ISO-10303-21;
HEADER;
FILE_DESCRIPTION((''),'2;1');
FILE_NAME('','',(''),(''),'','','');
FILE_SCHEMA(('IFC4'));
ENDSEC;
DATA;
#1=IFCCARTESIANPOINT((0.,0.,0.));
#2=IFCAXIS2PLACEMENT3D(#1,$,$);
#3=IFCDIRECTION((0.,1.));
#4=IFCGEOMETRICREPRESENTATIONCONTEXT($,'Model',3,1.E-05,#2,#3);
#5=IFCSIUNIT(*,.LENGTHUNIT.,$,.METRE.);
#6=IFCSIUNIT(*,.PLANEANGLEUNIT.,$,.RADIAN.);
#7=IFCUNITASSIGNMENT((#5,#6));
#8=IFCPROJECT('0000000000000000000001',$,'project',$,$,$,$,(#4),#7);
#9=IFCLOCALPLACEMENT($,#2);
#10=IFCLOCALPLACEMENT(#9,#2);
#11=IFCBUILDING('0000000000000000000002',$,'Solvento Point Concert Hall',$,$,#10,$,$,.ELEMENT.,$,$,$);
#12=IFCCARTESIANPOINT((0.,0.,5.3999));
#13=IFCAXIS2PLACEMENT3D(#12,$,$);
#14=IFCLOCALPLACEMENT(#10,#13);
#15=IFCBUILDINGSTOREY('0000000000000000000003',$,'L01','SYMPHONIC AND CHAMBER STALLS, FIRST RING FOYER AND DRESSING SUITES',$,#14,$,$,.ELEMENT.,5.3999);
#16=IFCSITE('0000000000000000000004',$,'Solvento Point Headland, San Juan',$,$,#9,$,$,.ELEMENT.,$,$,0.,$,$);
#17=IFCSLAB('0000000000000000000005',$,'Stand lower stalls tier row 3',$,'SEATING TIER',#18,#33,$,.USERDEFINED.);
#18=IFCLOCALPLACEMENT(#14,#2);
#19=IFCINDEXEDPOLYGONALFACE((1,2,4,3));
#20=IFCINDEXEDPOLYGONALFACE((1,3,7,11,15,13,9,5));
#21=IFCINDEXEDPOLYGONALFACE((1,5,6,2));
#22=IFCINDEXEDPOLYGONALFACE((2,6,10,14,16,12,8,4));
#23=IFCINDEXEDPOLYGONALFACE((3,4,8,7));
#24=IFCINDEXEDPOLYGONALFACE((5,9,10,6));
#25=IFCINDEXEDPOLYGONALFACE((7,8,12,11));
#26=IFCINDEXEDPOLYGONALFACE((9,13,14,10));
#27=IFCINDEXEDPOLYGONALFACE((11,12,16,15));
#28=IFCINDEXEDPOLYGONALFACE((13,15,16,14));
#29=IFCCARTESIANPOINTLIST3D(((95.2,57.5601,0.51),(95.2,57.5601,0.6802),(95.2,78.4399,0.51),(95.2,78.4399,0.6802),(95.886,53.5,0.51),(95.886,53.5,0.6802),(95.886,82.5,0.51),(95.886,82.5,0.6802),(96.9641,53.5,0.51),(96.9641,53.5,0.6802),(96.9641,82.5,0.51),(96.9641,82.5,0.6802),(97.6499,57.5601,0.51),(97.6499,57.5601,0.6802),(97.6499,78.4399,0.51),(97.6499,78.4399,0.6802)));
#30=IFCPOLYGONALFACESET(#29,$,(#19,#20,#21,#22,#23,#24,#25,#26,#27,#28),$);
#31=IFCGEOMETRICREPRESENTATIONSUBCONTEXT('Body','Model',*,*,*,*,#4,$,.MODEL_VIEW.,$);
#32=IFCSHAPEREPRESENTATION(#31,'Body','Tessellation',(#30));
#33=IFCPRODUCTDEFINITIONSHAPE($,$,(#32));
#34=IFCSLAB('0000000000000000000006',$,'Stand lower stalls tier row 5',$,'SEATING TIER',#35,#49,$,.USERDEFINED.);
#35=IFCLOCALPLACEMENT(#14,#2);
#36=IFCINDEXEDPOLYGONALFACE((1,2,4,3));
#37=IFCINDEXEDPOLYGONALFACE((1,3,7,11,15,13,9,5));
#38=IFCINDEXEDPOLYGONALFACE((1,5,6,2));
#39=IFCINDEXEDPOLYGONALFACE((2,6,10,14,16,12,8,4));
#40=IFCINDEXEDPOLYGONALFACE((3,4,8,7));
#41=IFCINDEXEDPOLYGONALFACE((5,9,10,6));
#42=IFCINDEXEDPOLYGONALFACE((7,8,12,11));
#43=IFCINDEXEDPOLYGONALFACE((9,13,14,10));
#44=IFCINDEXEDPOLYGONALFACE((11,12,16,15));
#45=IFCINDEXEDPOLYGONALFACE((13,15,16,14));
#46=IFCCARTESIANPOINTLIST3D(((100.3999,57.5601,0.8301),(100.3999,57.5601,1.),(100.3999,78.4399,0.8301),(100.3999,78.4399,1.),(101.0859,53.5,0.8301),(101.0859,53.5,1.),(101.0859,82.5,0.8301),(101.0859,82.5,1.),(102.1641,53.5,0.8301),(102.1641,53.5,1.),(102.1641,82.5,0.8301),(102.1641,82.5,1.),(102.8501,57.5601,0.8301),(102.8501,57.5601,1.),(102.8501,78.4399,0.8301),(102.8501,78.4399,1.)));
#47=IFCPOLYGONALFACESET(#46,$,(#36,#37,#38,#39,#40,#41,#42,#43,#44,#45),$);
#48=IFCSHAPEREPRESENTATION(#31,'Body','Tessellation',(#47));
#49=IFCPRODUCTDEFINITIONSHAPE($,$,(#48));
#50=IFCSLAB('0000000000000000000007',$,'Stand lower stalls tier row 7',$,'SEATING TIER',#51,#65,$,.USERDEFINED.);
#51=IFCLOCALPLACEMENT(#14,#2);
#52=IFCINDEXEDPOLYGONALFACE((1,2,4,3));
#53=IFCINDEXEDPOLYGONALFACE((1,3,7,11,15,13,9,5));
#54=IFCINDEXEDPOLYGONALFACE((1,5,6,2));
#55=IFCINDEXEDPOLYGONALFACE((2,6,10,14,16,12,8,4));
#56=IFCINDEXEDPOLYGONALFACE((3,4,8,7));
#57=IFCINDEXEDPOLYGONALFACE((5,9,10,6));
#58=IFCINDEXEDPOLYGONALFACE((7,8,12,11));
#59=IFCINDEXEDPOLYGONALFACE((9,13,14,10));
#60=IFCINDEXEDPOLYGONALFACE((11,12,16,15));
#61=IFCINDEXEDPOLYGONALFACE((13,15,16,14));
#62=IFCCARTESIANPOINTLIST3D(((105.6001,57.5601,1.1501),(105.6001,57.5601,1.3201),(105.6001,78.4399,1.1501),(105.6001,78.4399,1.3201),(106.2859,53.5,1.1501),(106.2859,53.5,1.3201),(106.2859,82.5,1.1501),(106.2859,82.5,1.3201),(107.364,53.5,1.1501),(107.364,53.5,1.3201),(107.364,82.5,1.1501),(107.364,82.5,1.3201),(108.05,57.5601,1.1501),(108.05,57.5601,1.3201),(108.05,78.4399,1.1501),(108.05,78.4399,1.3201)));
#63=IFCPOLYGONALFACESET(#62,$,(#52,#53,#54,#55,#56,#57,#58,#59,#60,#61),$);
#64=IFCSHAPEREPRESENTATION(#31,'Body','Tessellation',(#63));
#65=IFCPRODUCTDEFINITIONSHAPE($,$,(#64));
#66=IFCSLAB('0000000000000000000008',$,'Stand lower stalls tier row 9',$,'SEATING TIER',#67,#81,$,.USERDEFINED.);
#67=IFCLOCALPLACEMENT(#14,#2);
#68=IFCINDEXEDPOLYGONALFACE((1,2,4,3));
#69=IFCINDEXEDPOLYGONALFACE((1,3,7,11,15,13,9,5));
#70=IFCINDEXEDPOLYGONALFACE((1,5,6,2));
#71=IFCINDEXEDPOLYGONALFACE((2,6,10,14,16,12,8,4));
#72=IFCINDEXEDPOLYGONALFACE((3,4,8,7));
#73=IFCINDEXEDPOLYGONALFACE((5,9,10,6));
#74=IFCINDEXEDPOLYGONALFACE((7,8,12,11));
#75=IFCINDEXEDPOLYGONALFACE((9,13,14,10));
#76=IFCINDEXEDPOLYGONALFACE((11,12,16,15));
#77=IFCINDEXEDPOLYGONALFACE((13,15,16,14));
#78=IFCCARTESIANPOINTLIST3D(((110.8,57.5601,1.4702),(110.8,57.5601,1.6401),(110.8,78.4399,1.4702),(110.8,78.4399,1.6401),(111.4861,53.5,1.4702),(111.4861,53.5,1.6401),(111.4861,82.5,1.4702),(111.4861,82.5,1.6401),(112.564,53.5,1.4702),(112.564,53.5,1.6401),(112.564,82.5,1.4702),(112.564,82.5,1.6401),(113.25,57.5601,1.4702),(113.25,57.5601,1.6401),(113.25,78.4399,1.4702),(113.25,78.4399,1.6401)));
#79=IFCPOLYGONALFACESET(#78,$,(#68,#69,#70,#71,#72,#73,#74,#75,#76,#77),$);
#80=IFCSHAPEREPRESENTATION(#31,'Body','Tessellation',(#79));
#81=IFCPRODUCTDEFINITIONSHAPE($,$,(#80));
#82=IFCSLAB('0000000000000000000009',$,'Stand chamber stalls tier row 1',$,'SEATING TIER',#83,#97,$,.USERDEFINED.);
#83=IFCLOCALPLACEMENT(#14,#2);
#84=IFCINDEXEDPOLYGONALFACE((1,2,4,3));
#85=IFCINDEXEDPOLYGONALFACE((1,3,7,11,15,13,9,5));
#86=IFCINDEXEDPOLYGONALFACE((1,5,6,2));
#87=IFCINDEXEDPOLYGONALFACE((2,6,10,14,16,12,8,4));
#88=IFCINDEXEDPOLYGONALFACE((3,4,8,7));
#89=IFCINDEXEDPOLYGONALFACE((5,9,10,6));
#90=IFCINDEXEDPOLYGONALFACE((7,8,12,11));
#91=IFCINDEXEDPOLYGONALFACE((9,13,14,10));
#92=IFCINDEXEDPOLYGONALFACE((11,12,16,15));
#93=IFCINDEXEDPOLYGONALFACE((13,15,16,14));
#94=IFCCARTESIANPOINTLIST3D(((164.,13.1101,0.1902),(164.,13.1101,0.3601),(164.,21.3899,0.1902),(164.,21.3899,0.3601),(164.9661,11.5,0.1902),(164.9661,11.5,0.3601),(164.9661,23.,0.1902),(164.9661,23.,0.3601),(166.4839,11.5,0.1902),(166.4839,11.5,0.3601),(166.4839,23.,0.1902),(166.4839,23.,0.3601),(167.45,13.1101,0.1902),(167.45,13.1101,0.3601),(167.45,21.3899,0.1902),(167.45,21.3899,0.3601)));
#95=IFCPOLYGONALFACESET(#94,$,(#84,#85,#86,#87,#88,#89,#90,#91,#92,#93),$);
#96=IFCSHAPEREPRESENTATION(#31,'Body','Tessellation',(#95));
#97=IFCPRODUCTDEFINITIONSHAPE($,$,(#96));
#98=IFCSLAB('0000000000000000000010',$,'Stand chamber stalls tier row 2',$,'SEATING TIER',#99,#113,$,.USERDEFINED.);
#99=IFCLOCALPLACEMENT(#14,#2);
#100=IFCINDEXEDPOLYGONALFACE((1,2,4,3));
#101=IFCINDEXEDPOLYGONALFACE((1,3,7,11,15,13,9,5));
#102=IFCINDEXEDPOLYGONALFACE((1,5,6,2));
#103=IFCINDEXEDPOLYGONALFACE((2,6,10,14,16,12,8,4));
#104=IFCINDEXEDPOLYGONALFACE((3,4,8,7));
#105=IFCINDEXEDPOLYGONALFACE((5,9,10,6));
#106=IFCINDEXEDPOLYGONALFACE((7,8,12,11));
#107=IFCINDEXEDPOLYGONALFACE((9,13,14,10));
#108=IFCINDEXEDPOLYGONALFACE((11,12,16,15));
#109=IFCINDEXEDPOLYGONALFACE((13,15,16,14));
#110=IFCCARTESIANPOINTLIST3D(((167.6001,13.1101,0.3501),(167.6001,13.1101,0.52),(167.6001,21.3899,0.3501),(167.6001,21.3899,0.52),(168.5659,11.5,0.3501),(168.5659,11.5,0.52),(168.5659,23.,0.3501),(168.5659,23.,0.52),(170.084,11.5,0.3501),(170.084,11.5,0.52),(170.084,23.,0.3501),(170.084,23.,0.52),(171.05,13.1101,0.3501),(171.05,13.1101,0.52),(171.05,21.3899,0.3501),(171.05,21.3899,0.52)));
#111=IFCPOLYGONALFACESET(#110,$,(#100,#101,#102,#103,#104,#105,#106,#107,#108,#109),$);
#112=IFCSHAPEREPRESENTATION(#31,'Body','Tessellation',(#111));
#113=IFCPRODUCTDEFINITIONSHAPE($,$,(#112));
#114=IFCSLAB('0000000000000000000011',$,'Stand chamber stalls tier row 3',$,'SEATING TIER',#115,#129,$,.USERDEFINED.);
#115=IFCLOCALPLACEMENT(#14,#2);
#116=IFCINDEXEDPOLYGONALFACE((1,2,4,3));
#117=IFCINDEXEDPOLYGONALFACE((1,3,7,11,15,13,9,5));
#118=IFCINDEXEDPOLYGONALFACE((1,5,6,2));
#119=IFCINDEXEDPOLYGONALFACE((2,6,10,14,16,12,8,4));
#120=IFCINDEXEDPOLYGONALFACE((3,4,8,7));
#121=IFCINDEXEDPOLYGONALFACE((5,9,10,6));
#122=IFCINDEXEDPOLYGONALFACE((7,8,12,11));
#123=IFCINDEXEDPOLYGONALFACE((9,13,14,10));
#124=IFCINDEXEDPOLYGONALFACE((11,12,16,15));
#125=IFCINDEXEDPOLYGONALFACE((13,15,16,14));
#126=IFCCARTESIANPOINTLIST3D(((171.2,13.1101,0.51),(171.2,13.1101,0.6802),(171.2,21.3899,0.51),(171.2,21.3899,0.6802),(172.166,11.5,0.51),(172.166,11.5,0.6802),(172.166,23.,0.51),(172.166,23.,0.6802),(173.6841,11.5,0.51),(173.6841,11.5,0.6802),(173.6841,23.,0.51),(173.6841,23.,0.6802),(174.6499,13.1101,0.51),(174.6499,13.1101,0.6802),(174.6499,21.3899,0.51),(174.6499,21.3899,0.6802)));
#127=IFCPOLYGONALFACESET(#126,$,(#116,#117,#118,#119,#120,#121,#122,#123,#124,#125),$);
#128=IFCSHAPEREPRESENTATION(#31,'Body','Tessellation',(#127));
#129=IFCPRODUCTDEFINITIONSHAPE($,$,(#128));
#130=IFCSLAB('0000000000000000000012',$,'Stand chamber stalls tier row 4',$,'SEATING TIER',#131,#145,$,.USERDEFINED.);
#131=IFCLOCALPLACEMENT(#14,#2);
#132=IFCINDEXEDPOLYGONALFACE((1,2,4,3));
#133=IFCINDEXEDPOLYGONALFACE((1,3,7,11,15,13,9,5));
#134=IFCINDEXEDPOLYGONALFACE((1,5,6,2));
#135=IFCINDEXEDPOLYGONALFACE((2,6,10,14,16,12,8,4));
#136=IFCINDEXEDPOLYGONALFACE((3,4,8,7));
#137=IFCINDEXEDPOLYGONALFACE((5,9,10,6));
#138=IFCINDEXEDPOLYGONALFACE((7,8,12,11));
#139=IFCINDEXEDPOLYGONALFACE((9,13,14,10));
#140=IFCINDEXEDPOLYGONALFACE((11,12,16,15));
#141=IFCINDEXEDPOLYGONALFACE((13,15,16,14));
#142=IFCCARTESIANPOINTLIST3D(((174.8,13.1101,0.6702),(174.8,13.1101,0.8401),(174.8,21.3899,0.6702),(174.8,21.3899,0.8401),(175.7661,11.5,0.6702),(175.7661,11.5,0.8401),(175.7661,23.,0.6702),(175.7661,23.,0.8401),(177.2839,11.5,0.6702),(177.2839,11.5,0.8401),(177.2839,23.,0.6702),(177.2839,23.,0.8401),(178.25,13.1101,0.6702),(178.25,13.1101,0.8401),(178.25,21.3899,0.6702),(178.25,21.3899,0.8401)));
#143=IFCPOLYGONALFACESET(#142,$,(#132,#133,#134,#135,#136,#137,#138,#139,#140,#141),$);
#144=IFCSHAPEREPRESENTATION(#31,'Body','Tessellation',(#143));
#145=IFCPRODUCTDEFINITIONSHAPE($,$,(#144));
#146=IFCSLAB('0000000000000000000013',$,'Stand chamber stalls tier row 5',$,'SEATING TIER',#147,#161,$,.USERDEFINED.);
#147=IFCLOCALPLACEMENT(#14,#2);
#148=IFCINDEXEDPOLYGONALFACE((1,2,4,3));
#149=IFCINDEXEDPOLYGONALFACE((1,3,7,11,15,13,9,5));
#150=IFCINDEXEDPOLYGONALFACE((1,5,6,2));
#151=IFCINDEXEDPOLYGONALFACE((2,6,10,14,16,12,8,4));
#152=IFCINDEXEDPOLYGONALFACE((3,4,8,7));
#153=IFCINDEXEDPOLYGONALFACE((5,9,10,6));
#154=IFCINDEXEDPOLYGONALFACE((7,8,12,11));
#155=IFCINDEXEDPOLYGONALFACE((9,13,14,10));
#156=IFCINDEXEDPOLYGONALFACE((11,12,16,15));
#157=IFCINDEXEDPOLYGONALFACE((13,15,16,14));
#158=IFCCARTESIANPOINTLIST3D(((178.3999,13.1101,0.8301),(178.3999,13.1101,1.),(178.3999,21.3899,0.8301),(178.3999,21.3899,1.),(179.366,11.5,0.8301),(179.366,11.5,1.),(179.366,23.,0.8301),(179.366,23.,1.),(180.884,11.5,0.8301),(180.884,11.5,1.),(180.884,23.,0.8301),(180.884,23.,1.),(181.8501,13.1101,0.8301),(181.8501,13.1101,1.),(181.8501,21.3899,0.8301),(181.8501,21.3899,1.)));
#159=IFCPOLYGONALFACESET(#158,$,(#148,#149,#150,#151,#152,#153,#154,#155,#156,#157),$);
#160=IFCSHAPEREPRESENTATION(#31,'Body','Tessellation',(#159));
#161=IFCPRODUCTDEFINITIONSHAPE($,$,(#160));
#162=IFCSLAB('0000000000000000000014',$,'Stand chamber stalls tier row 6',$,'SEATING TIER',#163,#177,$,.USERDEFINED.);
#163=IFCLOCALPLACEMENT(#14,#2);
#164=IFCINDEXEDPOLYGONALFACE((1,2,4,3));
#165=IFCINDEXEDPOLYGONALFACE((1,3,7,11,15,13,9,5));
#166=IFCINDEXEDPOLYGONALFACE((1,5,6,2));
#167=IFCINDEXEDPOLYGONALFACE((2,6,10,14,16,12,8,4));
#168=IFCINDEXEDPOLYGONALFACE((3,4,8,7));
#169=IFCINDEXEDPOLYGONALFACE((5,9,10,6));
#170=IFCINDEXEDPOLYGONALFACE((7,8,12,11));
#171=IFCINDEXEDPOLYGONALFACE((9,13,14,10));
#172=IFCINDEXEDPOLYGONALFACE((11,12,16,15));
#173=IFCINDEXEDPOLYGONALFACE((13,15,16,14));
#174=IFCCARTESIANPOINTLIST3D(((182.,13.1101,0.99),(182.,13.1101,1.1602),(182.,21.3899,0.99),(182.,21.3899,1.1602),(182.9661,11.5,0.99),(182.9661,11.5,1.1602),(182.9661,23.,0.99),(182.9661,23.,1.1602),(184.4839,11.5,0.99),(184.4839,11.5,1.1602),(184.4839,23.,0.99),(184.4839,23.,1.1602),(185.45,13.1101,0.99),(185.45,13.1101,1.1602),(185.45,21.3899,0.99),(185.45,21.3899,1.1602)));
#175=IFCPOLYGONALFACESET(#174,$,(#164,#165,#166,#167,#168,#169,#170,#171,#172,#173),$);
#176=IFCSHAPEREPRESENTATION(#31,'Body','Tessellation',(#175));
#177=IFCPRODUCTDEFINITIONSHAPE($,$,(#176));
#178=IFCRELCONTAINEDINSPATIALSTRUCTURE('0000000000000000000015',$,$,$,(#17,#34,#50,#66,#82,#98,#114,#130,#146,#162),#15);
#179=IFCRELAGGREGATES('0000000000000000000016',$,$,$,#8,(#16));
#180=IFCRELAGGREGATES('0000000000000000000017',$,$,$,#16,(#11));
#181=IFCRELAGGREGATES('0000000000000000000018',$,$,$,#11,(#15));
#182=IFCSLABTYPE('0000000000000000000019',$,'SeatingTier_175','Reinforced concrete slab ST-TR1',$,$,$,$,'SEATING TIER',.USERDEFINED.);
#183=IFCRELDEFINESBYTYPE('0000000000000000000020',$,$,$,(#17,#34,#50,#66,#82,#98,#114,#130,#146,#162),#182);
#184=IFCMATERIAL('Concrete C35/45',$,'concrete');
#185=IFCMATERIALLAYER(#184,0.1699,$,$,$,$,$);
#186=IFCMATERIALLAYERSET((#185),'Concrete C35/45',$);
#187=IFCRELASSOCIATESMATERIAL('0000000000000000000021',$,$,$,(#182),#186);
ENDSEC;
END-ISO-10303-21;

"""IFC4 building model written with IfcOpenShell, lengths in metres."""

from ifc_helpers import new_model, si_unit, direction, frame, origin, place, context, subcontext, project, spatial, polyline, outline, extrude, material, layer, layer_set, type_object, element, save


model = new_model("IFC4")

# Units and contexts
model_context = context("Model", 3, precision=1e-05, world=origin(), true_north=direction((0.0, 1.0)))
body_context = subcontext(model_context, "Body", "Model", "MODEL_VIEW")
ifc_project = project(units=[si_unit("LENGTHUNIT", "METRE"), si_unit("PLANEANGLEUNIT", "RADIAN")], contexts=[model_context])

# Site, building, storey
site_placement = place(None, origin())
site = spatial("IfcSite", under=ifc_project, at=site_placement, Name="Solvento Point Headland, San Juan", CompositionType="ELEMENT", RefElevation=0.0)
building_placement = place(site_placement, origin())
building = spatial("IfcBuilding", under=site, at=building_placement, Name="Solvento Point Concert Hall", CompositionType="ELEMENT")
storey_placement = place(building_placement, frame((0.0, 0.0, 5.3999)))
storey = spatial("IfcBuildingStorey", under=building, at=storey_placement, Name="L01", Description="SYMPHONIC AND CHAMBER STALLS, FIRST RING FOYER AND DRESSING SUITES", CompositionType="ELEMENT", Elevation=5.3999)

# Slabs
ifc_material_1 = material(Name="Concrete C35/45", Category="concrete")
ifc_layer_1 = layer(ifc_material_1, 0.1699)
ifc_layer_set_1 = layer_set([ifc_layer_1], Name="Concrete C35/45")
slab_type_1 = type_object("IfcSlabType", Name="SeatingTier_175", Description="Reinforced concrete slab ST-TR1", ElementType="SEATING TIER", PredefinedType="USERDEFINED", material=ifc_layer_set_1)
slab_1_placement = place(storey_placement, frame((0.0, 0.0, 0.51)))
element("IfcSlab", 1, at=slab_1_placement, inside=storey, type_object=slab_type_1, Name="Stand lower stalls tier row 3", ObjectType="SEATING TIER", PredefinedType="USERDEFINED", context=body_context, shape_type="SweptSolid", body=[
    extrude(outline(polyline([(95.886, 53.5), (96.9641, 53.5), (97.6499, 57.5601), (97.6499, 78.4399), (96.9641, 82.5), (95.886, 82.5), (95.2, 78.4399), (95.2, 57.5601), (95.886, 53.5)])), origin(), (0.0, 0.0, 1.0), 0.1702),
])
slab_2_placement = place(storey_placement, frame((0.0, 0.0, 0.8301)))
element("IfcSlab", 2, at=slab_2_placement, inside=storey, type_object=slab_type_1, Name="Stand lower stalls tier row 5", ObjectType="SEATING TIER", PredefinedType="USERDEFINED", context=body_context, shape_type="SweptSolid", body=[
    extrude(outline(polyline([(101.0859, 53.5), (102.1641, 53.5), (102.8501, 57.5601), (102.8501, 78.4399), (102.1641, 82.5), (101.0859, 82.5), (100.3999, 78.4399), (100.3999, 57.5601), (101.0859, 53.5)])), origin(), (0.0, 0.0, 1.0), 0.1699),
])
slab_3_placement = place(storey_placement, frame((0.0, 0.0, 1.1501)))
element("IfcSlab", 3, at=slab_3_placement, inside=storey, type_object=slab_type_1, Name="Stand lower stalls tier row 7", ObjectType="SEATING TIER", PredefinedType="USERDEFINED", context=body_context, shape_type="SweptSolid", body=[
    extrude(outline(polyline([(106.2859, 53.5), (107.364, 53.5), (108.05, 57.5601), (108.05, 78.4399), (107.364, 82.5), (106.2859, 82.5), (105.6001, 78.4399), (105.6001, 57.5601), (106.2859, 53.5)])), origin(), (0.0, 0.0, 1.0), 0.1699),
])
slab_4_placement = place(storey_placement, frame((0.0, 0.0, 1.4702)))
element("IfcSlab", 4, at=slab_4_placement, inside=storey, type_object=slab_type_1, Name="Stand lower stalls tier row 9", ObjectType="SEATING TIER", PredefinedType="USERDEFINED", context=body_context, shape_type="SweptSolid", body=[
    extrude(outline(polyline([(111.4861, 53.5), (112.564, 53.5), (113.25, 57.5601), (113.25, 78.4399), (112.564, 82.5), (111.4861, 82.5), (110.8, 78.4399), (110.8, 57.5601), (111.4861, 53.5)])), origin(), (0.0, 0.0, 1.0), 0.1699),
])
slab_5_placement = place(storey_placement, frame((0.0, 0.0, 0.1902)))
element("IfcSlab", 5, at=slab_5_placement, inside=storey, type_object=slab_type_1, Name="Stand chamber stalls tier row 1", ObjectType="SEATING TIER", PredefinedType="USERDEFINED", context=body_context, shape_type="SweptSolid", body=[
    extrude(outline(polyline([(164.9661, 11.5), (166.4839, 11.5), (167.45, 13.1101), (167.45, 21.3899), (166.4839, 23.0), (164.9661, 23.0), (164.0, 21.3899), (164.0, 13.1101), (164.9661, 11.5)])), origin(), (0.0, 0.0, 1.0), 0.1699),
])
slab_6_placement = place(storey_placement, frame((0.0, 0.0, 0.3501)))
element("IfcSlab", 6, at=slab_6_placement, inside=storey, type_object=slab_type_1, Name="Stand chamber stalls tier row 2", ObjectType="SEATING TIER", PredefinedType="USERDEFINED", context=body_context, shape_type="SweptSolid", body=[
    extrude(outline(polyline([(168.5659, 11.5), (170.084, 11.5), (171.05, 13.1101), (171.05, 21.3899), (170.084, 23.0), (168.5659, 23.0), (167.6001, 21.3899), (167.6001, 13.1101), (168.5659, 11.5)])), origin(), (0.0, 0.0, 1.0), 0.1699),
])
slab_7_placement = place(storey_placement, frame((0.0, 0.0, 0.51)))
element("IfcSlab", 7, at=slab_7_placement, inside=storey, type_object=slab_type_1, Name="Stand chamber stalls tier row 3", ObjectType="SEATING TIER", PredefinedType="USERDEFINED", context=body_context, shape_type="SweptSolid", body=[
    extrude(outline(polyline([(172.166, 11.5), (173.6841, 11.5), (174.6499, 13.1101), (174.6499, 21.3899), (173.6841, 23.0), (172.166, 23.0), (171.2, 21.3899), (171.2, 13.1101), (172.166, 11.5)])), origin(), (0.0, 0.0, 1.0), 0.1702),
])
slab_8_placement = place(storey_placement, frame((0.0, 0.0, 0.6702)))
element("IfcSlab", 8, at=slab_8_placement, inside=storey, type_object=slab_type_1, Name="Stand chamber stalls tier row 4", ObjectType="SEATING TIER", PredefinedType="USERDEFINED", context=body_context, shape_type="SweptSolid", body=[
    extrude(outline(polyline([(175.7661, 11.5), (177.2839, 11.5), (178.25, 13.1101), (178.25, 21.3899), (177.2839, 23.0), (175.7661, 23.0), (174.8, 21.3899), (174.8, 13.1101), (175.7661, 11.5)])), origin(), (0.0, 0.0, 1.0), 0.1699),
])
slab_9_placement = place(storey_placement, frame((0.0, 0.0, 0.8301)))
element("IfcSlab", 9, at=slab_9_placement, inside=storey, type_object=slab_type_1, Name="Stand chamber stalls tier row 5", ObjectType="SEATING TIER", PredefinedType="USERDEFINED", context=body_context, shape_type="SweptSolid", body=[
    extrude(outline(polyline([(179.366, 11.5), (180.884, 11.5), (181.8501, 13.1101), (181.8501, 21.3899), (180.884, 23.0), (179.366, 23.0), (178.3999, 21.3899), (178.3999, 13.1101), (179.366, 11.5)])), origin(), (0.0, 0.0, 1.0), 0.1699),
])
slab_10_placement = place(storey_placement, frame((0.0, 0.0, 0.99)))
element("IfcSlab", 10, at=slab_10_placement, inside=storey, type_object=slab_type_1, Name="Stand chamber stalls tier row 6", ObjectType="SEATING TIER", PredefinedType="USERDEFINED", context=body_context, shape_type="SweptSolid", body=[
    extrude(outline(polyline([(182.9661, 11.5), (184.4839, 11.5), (185.45, 13.1101), (185.45, 21.3899), (184.4839, 23.0), (182.9661, 23.0), (182.0, 21.3899), (182.0, 13.1101), (182.9661, 11.5)])), origin(), (0.0, 0.0, 1.0), 0.1702),
])

save(model, "model.ifc")
